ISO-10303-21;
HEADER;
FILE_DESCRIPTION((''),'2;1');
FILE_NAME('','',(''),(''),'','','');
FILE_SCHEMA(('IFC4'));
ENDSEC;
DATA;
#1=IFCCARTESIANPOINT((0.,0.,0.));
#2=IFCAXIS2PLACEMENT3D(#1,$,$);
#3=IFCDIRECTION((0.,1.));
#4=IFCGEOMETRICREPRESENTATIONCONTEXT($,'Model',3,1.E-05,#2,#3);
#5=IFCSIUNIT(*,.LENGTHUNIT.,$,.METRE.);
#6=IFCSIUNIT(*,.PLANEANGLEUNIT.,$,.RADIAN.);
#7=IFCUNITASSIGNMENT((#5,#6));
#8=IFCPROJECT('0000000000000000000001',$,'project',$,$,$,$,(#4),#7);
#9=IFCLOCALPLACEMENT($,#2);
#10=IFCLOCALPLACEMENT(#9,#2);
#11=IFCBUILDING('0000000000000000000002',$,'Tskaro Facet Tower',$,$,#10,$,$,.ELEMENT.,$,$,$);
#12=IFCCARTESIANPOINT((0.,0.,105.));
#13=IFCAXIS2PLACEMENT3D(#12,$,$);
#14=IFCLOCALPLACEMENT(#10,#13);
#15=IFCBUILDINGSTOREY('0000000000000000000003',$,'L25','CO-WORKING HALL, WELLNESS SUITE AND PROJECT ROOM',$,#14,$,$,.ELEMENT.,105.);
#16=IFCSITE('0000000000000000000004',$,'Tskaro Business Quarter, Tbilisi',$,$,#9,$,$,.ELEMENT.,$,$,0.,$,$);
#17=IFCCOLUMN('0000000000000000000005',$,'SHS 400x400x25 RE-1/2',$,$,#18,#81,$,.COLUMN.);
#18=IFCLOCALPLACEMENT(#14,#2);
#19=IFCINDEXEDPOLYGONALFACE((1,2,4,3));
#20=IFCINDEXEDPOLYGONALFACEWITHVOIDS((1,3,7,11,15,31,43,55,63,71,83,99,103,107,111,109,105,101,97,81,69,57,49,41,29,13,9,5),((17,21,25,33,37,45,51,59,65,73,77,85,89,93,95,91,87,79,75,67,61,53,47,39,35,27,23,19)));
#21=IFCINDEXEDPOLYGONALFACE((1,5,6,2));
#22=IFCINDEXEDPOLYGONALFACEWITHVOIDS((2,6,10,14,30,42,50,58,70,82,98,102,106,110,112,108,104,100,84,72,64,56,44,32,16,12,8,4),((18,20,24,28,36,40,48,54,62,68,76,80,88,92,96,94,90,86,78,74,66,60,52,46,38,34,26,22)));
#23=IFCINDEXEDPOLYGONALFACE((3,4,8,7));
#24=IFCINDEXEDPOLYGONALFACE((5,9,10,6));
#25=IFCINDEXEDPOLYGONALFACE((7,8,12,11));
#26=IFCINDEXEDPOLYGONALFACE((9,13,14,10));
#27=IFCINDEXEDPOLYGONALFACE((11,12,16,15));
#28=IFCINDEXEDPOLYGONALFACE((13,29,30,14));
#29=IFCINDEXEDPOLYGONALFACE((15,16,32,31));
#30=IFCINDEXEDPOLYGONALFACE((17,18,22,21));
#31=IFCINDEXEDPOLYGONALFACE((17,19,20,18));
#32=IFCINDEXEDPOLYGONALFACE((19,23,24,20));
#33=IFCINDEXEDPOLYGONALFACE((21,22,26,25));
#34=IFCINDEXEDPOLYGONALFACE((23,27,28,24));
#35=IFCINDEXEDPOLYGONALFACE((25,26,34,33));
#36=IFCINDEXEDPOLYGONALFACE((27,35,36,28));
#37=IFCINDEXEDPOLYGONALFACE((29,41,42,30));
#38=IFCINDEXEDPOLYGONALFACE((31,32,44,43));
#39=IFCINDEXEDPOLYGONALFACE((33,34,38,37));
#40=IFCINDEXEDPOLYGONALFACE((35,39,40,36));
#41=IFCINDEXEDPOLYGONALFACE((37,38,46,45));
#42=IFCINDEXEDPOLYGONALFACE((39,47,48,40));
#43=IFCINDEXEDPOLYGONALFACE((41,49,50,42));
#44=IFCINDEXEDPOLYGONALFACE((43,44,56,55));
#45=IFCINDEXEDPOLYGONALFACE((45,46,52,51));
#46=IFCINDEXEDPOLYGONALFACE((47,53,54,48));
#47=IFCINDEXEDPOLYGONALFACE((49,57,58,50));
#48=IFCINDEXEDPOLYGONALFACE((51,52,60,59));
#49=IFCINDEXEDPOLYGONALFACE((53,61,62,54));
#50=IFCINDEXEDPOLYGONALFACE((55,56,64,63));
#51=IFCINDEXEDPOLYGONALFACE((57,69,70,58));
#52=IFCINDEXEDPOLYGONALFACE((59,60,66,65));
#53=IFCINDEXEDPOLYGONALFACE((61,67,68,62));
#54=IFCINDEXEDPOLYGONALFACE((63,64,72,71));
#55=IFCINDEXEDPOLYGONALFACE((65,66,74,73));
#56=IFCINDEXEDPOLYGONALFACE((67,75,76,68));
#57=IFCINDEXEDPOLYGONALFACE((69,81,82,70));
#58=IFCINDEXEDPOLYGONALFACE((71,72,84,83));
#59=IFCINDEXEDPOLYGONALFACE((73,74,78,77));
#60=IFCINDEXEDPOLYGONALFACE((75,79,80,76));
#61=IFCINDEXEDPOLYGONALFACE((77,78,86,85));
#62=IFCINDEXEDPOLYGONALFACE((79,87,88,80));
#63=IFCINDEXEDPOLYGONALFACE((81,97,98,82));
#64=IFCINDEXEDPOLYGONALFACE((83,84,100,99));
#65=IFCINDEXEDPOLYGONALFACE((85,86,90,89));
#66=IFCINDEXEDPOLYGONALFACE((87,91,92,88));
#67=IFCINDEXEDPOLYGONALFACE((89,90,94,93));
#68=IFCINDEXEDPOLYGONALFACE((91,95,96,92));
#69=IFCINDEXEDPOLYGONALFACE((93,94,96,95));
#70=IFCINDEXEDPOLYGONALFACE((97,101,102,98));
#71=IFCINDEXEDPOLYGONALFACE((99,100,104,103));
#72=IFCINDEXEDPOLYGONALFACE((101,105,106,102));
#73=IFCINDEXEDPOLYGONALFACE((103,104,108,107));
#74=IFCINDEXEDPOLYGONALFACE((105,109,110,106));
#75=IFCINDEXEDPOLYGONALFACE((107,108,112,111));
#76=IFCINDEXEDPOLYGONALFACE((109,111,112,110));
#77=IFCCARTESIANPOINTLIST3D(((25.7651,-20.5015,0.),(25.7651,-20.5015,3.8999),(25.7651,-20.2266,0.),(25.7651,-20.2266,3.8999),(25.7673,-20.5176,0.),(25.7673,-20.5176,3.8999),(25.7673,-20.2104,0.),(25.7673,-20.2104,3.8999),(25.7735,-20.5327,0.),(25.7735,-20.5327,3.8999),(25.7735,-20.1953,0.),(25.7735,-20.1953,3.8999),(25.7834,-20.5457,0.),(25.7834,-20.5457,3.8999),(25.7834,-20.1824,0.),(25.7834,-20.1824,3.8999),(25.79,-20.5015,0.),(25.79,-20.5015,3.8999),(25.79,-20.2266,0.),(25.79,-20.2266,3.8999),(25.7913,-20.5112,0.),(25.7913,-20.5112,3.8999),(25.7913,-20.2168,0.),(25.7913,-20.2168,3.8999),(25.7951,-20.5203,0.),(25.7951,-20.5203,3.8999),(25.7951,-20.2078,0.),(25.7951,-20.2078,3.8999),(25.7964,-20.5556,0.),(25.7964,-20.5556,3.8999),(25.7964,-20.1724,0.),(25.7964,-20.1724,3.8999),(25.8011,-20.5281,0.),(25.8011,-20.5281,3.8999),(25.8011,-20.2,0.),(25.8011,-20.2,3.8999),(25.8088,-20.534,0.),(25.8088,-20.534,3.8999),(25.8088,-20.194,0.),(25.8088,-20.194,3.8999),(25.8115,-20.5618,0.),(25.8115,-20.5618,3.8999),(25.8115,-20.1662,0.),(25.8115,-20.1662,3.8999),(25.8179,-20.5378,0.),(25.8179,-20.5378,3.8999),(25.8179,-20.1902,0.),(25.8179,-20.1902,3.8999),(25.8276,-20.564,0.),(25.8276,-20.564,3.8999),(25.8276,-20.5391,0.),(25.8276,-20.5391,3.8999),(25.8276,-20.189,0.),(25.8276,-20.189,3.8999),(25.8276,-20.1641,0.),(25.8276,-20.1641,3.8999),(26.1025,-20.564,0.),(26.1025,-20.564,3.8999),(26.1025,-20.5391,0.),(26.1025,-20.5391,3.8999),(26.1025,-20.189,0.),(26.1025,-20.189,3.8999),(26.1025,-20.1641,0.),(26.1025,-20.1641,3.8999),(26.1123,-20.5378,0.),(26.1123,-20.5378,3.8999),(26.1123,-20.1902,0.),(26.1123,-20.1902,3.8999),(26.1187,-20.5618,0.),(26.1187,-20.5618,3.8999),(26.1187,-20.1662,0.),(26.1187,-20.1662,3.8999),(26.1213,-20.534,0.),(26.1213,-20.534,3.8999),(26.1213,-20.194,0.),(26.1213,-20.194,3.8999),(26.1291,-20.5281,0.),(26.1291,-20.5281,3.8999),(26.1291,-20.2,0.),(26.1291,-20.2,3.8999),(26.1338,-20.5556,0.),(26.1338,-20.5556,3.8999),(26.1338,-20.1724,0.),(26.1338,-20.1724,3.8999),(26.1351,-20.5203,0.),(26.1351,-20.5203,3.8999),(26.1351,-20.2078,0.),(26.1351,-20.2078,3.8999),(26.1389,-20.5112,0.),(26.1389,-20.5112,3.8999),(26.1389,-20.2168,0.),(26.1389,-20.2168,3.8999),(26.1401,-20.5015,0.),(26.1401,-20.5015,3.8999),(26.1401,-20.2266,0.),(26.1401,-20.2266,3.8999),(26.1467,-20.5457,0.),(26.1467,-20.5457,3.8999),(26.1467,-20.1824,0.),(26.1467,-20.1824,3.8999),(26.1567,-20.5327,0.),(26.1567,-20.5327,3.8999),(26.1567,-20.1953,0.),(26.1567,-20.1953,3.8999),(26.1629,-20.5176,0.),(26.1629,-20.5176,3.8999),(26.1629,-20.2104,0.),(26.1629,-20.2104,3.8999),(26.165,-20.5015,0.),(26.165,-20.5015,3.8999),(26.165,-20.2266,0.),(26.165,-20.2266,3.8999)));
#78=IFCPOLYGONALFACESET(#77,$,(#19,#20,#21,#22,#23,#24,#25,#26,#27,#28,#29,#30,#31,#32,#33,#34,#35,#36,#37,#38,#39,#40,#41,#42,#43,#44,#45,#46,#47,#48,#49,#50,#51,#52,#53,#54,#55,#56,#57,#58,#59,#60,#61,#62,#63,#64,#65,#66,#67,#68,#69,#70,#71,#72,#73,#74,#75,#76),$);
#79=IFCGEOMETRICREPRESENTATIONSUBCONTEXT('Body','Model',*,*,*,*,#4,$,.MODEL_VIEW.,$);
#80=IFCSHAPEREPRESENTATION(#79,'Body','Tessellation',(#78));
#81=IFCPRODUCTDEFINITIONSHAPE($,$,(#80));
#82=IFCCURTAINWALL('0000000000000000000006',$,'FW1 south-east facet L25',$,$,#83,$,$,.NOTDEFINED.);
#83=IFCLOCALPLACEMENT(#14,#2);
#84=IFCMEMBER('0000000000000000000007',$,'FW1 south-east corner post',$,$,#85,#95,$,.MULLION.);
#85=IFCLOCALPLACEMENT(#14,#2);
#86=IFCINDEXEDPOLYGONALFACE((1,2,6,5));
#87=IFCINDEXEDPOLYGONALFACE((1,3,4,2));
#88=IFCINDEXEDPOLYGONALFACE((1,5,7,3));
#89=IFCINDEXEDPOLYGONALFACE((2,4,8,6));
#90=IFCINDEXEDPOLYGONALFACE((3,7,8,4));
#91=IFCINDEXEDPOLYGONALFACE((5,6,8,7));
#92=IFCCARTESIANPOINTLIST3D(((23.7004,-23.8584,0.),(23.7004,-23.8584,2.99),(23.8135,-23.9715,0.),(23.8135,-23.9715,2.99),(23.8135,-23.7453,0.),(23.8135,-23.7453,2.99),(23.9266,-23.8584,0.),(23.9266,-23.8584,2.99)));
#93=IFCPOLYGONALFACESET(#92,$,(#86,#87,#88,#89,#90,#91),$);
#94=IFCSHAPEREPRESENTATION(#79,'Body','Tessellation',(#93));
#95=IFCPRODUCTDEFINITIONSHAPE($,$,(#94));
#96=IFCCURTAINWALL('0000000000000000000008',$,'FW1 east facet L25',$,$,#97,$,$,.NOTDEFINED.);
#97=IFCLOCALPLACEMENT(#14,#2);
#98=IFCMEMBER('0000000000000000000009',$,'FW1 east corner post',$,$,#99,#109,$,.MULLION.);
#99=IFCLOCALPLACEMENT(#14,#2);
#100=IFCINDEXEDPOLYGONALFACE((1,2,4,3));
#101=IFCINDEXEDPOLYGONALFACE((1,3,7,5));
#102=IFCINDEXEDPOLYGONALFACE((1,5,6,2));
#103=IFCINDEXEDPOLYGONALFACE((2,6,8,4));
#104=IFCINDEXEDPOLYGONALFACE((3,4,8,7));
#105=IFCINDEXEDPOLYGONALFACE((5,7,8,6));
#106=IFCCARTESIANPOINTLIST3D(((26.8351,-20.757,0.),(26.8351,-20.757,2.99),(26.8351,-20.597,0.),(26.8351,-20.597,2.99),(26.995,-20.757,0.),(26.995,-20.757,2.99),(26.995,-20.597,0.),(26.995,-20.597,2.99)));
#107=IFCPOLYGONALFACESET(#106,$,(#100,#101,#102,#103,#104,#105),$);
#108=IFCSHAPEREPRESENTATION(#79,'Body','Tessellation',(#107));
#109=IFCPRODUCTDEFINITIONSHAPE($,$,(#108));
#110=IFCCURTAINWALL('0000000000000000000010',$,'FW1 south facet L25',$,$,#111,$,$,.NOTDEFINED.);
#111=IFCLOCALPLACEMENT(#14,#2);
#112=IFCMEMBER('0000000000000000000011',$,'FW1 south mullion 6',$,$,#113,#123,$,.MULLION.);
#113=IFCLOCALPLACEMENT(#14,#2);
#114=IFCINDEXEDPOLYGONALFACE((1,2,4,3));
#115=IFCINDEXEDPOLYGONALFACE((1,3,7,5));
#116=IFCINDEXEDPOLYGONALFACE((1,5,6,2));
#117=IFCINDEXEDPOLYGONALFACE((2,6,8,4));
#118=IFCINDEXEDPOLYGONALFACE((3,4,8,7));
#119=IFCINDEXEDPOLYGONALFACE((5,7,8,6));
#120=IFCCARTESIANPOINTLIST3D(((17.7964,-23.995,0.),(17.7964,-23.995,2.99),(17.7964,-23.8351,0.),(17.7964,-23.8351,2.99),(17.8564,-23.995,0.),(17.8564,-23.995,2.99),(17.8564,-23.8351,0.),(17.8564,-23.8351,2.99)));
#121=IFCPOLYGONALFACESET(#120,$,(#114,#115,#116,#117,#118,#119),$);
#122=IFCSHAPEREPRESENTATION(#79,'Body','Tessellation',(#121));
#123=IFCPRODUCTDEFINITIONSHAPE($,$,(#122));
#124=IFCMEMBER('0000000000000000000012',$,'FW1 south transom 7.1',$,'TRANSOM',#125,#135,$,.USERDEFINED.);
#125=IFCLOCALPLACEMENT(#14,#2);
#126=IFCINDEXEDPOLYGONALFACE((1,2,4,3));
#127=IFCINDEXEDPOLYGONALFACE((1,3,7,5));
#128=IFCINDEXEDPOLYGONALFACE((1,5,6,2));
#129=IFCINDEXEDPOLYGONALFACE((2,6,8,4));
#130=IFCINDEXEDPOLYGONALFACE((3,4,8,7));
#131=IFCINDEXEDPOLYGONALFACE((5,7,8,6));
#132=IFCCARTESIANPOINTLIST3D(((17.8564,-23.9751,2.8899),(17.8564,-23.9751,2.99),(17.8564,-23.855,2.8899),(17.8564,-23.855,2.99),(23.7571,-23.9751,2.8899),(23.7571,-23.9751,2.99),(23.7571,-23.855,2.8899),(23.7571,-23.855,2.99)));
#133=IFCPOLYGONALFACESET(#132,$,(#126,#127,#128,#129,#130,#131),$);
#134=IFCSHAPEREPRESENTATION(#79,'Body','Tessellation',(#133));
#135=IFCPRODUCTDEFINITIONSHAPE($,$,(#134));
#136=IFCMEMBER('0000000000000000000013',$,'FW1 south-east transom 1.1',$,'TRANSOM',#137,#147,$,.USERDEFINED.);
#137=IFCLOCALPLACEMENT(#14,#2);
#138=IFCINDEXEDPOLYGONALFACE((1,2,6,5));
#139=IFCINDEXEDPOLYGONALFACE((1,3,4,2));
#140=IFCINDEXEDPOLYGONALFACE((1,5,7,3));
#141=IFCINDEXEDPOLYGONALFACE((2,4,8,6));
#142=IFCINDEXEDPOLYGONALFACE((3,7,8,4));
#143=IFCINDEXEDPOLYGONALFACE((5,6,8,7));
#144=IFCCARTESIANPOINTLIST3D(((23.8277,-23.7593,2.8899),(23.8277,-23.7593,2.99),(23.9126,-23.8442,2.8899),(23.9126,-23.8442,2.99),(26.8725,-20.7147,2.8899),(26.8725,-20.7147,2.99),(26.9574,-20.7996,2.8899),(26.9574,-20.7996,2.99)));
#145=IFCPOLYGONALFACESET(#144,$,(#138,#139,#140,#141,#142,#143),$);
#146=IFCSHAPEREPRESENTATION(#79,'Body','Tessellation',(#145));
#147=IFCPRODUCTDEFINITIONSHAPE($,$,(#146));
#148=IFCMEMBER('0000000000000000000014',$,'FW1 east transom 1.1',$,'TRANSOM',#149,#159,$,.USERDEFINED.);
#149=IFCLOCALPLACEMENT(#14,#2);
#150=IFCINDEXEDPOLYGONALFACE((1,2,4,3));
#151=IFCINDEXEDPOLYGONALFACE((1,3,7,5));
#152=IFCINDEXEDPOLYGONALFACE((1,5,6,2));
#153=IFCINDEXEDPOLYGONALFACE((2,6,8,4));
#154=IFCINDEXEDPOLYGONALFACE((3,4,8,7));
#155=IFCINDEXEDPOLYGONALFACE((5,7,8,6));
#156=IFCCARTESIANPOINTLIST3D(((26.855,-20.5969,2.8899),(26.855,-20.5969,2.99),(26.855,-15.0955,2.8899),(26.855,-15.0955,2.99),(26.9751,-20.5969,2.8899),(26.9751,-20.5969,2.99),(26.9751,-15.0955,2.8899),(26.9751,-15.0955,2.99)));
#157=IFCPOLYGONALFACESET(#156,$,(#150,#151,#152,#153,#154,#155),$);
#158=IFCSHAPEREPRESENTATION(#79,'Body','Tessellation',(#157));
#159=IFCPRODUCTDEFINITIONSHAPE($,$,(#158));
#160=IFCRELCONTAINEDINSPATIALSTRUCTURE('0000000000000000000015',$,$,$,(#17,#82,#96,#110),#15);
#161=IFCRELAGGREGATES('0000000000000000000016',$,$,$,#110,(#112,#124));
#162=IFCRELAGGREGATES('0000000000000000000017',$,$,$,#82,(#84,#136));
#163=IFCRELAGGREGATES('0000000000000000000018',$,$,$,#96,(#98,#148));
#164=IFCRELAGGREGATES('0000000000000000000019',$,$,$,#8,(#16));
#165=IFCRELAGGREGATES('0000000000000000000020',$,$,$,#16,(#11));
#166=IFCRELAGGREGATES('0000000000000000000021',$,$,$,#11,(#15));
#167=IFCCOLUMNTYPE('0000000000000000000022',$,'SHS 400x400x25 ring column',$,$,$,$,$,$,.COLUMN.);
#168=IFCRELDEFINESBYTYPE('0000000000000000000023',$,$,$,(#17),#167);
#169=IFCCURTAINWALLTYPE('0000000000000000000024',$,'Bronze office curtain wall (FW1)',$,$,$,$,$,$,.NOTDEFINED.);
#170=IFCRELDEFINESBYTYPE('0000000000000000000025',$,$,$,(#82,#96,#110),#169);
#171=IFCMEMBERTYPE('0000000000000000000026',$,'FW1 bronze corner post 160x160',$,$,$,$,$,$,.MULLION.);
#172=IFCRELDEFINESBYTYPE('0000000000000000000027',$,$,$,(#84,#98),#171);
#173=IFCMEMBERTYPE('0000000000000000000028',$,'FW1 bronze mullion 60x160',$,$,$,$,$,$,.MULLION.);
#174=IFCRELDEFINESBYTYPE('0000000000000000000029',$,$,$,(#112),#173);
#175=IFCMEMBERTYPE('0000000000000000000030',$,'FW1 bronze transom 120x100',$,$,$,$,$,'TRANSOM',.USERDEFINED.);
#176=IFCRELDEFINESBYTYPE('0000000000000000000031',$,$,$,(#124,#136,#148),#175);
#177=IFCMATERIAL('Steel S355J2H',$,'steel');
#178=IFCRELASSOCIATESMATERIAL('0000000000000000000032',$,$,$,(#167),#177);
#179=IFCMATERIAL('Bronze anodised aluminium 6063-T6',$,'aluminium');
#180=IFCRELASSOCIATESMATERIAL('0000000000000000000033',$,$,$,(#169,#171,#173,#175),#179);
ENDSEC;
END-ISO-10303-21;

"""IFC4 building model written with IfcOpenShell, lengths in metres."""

from ifc_helpers import new_model, si_unit, direction, frame, origin, origin_2d, place, context, subcontext, project, spatial, rectangle, hollow_rectangle, extrude, material, material_profile, profile_set, type_object, element, aggregate, save


model = new_model("IFC4")

# Units and contexts
model_context = context("Model", 3, precision=1e-05, world=origin(), true_north=direction((0.0, 1.0)))
body_context = subcontext(model_context, "Body", "Model", "MODEL_VIEW")
ifc_project = project(units=[si_unit("LENGTHUNIT", "METRE"), si_unit("PLANEANGLEUNIT", "RADIAN")], contexts=[model_context])

# Site, building, storey
site_placement = place(None, origin())
site = spatial("IfcSite", under=ifc_project, at=site_placement, Name="Tskaro Business Quarter, Tbilisi", CompositionType="ELEMENT", RefElevation=0.0)
building_placement = place(site_placement, origin())
building = spatial("IfcBuilding", under=site, at=building_placement, Name="Tskaro Facet Tower", CompositionType="ELEMENT")
storey_placement = place(building_placement, frame((0.0, 0.0, 105.0)))
storey = spatial("IfcBuildingStorey", under=building, at=storey_placement, Name="L25", Description="CO-WORKING HALL, WELLNESS SUITE AND PROJECT ROOM", CompositionType="ELEMENT", Elevation=105.0)

# Column
ifc_material_1 = material(Name="Steel S355J2H", Category="steel")
ifc_material_profile_1 = material_profile(ifc_material_1, hollow_rectangle(XDim=0.3999, YDim=0.3999, WallThickness=0.0249, InnerFilletRadius=0.0376, OuterFilletRadius=0.0625, at=origin_2d()), Name="SHS 400x400x25")
ifc_profile_set_1 = profile_set([ifc_material_profile_1], Name="Steel S355J2H")
column_type_1 = type_object("IfcColumnType", Name="SHS 400x400x25 ring column", PredefinedType="COLUMN", material=ifc_profile_set_1)
for number, where, z_axis, x_axis, name in (
    (1, (25.9651, -20.364, 0.0), (0.0, 0.0, 1.0), (1.0, 0.0, 0.0), "SHS 400x400x25 RE-1/2"),
):
    element("IfcColumn", number, at=place(storey_placement, frame(where, z_axis=z_axis, x_axis=x_axis)), inside=storey, type_object=column_type_1, Name=name, PredefinedType="COLUMN", context=body_context, shape_type="SweptSolid", body=[
        extrude(hollow_rectangle(XDim=0.3999, YDim=0.3999, WallThickness=0.0249, InnerFilletRadius=0.0376, OuterFilletRadius=0.0625, at=origin_2d()), origin(), (0.0, 0.0, 1.0), 3.8999),
    ])

# Curtain walls, members
ifc_material_2 = material(Name="Bronze anodised aluminium 6063-T6", Category="aluminium")
curtain_wall_type = type_object("IfcCurtainWallType", Name="Bronze office curtain wall (FW1)", PredefinedType="NOTDEFINED", material=ifc_material_2)
curtain_wall_1_placement = place(storey_placement, origin())
curtain_wall_1 = element("IfcCurtainWall", 2, at=curtain_wall_1_placement, inside=storey, type_object=curtain_wall_type, Name="FW1 south-east facet L25", PredefinedType="NOTDEFINED")
ifc_material_profile_2 = material_profile(ifc_material_2, rectangle(XDim=0.1599, YDim=0.1599, at=origin_2d()), Name="Corner post 160x160")
ifc_profile_set_2 = profile_set([ifc_material_profile_2], Name="Bronze anodised aluminium 6063-T6")
member_type_1 = type_object("IfcMemberType", Name="FW1 bronze corner post 160x160", PredefinedType="MULLION", material=ifc_profile_set_2)
member_1_placement = place(storey_placement, frame((23.8135, -23.8584, 0.0), z_axis=(0.0, 0.0, 1.0), x_axis=(0.707107, 0.707107, 0.0)))
member_1 = element("IfcMember", 3, at=member_1_placement, type_object=member_type_1, Name="FW1 south-east corner post", PredefinedType="MULLION", context=body_context, shape_type="SweptSolid", body=[
    extrude(rectangle(XDim=0.1599, YDim=0.1599, at=origin_2d()), origin(), (0.0, 0.0, 1.0), 2.99),
])
curtain_wall_2_placement = place(storey_placement, origin())
curtain_wall_2 = element("IfcCurtainWall", 4, at=curtain_wall_2_placement, inside=storey, type_object=curtain_wall_type, Name="FW1 east facet L25", PredefinedType="NOTDEFINED")
member_2_placement = place(storey_placement, frame((26.915, -20.677, 0.0), z_axis=(0.0, 0.0, 1.0), x_axis=(0.0, 1.0, 0.0)))
member_2 = element("IfcMember", 5, at=member_2_placement, type_object=member_type_1, Name="FW1 east corner post", PredefinedType="MULLION", context=body_context, shape_type="SweptSolid", body=[
    extrude(rectangle(XDim=0.1599, YDim=0.1599, at=origin_2d()), origin(), (0.0, 0.0, 1.0), 2.99),
])

# Curtain wall, members
curtain_wall_3_placement = place(storey_placement, origin())
curtain_wall_3 = element("IfcCurtainWall", 6, at=curtain_wall_3_placement, inside=storey, type_object=curtain_wall_type, Name="FW1 south facet L25", PredefinedType="NOTDEFINED")
ifc_material_profile_3 = material_profile(ifc_material_2, rectangle(XDim=0.0601, YDim=0.1599, at=origin_2d()), Name="Mullion 60x160")
ifc_profile_set_3 = profile_set([ifc_material_profile_3], Name="Bronze anodised aluminium 6063-T6")
member_type_2 = type_object("IfcMemberType", Name="FW1 bronze mullion 60x160", PredefinedType="MULLION", material=ifc_profile_set_3)
member_3_placement = place(storey_placement, frame((17.8264, -23.915, 0.0), z_axis=(0.0, 0.0, 1.0), x_axis=(1.0, 0.0, 0.0)))
member_3 = element("IfcMember", 7, at=member_3_placement, type_object=member_type_2, Name="FW1 south mullion 6", PredefinedType="MULLION", context=body_context, shape_type="SweptSolid", body=[
    extrude(rectangle(XDim=0.0601, YDim=0.1599, at=origin_2d()), origin(), (0.0, 0.0, 1.0), 2.99),
])
ifc_material_profile_4 = material_profile(ifc_material_2, rectangle(XDim=0.1201, YDim=0.1001, at=origin_2d()), Name="Transom 120x100")
ifc_profile_set_4 = profile_set([ifc_material_profile_4], Name="Bronze anodised aluminium 6063-T6")
member_type_3 = type_object("IfcMemberType", Name="FW1 bronze transom 120x100", ElementType="TRANSOM", PredefinedType="USERDEFINED", material=ifc_profile_set_4)
member_4_placement = place(storey_placement, frame((17.8564, -23.915, 2.9399), z_axis=(1.0, 0.0, 0.0), x_axis=(0.0, 1.0, 0.0)))
member_4 = element("IfcMember", 8, at=member_4_placement, type_object=member_type_3, Name="FW1 south transom 7.1", ObjectType="TRANSOM", PredefinedType="USERDEFINED", context=body_context, shape_type="SweptSolid", body=[
    extrude(rectangle(XDim=0.1201, YDim=0.1001, at=origin_2d()), origin(), (0.0, 0.0, 1.0), 5.9006),
])

# Members
member_5_placement = place(storey_placement, frame((23.8701, -23.8018, 2.9399), z_axis=(0.707135, 0.707078, 0.0), x_axis=(-0.707078, 0.707135, 0.0)))
member_5 = element("IfcMember", 9, at=member_5_placement, type_object=member_type_3, Name="FW1 south-east transom 1.1", ObjectType="TRANSOM", PredefinedType="USERDEFINED", context=body_context, shape_type="SweptSolid", body=[
    extrude(rectangle(XDim=0.1201, YDim=0.1001, at=origin_2d()), origin(), (0.0, 0.0, 1.0), 4.3059),
])
member_6_placement = place(storey_placement, frame((26.915, -20.5969, 2.9399), z_axis=(0.0, 1.0, 0.0), x_axis=(-1.0, 0.0, 0.0)))
member_6 = element("IfcMember", 10, at=member_6_placement, type_object=member_type_3, Name="FW1 east transom 1.1", ObjectType="TRANSOM", PredefinedType="USERDEFINED", context=body_context, shape_type="SweptSolid", body=[
    extrude(rectangle(XDim=0.1201, YDim=0.1001, at=origin_2d()), origin(), (0.0, 0.0, 1.0), 5.5015),
])

aggregate(curtain_wall_3, [member_3, member_4])
aggregate(curtain_wall_1, [member_1, member_5])
aggregate(curtain_wall_2, [member_2, member_6])

save(model, "model.ifc")
